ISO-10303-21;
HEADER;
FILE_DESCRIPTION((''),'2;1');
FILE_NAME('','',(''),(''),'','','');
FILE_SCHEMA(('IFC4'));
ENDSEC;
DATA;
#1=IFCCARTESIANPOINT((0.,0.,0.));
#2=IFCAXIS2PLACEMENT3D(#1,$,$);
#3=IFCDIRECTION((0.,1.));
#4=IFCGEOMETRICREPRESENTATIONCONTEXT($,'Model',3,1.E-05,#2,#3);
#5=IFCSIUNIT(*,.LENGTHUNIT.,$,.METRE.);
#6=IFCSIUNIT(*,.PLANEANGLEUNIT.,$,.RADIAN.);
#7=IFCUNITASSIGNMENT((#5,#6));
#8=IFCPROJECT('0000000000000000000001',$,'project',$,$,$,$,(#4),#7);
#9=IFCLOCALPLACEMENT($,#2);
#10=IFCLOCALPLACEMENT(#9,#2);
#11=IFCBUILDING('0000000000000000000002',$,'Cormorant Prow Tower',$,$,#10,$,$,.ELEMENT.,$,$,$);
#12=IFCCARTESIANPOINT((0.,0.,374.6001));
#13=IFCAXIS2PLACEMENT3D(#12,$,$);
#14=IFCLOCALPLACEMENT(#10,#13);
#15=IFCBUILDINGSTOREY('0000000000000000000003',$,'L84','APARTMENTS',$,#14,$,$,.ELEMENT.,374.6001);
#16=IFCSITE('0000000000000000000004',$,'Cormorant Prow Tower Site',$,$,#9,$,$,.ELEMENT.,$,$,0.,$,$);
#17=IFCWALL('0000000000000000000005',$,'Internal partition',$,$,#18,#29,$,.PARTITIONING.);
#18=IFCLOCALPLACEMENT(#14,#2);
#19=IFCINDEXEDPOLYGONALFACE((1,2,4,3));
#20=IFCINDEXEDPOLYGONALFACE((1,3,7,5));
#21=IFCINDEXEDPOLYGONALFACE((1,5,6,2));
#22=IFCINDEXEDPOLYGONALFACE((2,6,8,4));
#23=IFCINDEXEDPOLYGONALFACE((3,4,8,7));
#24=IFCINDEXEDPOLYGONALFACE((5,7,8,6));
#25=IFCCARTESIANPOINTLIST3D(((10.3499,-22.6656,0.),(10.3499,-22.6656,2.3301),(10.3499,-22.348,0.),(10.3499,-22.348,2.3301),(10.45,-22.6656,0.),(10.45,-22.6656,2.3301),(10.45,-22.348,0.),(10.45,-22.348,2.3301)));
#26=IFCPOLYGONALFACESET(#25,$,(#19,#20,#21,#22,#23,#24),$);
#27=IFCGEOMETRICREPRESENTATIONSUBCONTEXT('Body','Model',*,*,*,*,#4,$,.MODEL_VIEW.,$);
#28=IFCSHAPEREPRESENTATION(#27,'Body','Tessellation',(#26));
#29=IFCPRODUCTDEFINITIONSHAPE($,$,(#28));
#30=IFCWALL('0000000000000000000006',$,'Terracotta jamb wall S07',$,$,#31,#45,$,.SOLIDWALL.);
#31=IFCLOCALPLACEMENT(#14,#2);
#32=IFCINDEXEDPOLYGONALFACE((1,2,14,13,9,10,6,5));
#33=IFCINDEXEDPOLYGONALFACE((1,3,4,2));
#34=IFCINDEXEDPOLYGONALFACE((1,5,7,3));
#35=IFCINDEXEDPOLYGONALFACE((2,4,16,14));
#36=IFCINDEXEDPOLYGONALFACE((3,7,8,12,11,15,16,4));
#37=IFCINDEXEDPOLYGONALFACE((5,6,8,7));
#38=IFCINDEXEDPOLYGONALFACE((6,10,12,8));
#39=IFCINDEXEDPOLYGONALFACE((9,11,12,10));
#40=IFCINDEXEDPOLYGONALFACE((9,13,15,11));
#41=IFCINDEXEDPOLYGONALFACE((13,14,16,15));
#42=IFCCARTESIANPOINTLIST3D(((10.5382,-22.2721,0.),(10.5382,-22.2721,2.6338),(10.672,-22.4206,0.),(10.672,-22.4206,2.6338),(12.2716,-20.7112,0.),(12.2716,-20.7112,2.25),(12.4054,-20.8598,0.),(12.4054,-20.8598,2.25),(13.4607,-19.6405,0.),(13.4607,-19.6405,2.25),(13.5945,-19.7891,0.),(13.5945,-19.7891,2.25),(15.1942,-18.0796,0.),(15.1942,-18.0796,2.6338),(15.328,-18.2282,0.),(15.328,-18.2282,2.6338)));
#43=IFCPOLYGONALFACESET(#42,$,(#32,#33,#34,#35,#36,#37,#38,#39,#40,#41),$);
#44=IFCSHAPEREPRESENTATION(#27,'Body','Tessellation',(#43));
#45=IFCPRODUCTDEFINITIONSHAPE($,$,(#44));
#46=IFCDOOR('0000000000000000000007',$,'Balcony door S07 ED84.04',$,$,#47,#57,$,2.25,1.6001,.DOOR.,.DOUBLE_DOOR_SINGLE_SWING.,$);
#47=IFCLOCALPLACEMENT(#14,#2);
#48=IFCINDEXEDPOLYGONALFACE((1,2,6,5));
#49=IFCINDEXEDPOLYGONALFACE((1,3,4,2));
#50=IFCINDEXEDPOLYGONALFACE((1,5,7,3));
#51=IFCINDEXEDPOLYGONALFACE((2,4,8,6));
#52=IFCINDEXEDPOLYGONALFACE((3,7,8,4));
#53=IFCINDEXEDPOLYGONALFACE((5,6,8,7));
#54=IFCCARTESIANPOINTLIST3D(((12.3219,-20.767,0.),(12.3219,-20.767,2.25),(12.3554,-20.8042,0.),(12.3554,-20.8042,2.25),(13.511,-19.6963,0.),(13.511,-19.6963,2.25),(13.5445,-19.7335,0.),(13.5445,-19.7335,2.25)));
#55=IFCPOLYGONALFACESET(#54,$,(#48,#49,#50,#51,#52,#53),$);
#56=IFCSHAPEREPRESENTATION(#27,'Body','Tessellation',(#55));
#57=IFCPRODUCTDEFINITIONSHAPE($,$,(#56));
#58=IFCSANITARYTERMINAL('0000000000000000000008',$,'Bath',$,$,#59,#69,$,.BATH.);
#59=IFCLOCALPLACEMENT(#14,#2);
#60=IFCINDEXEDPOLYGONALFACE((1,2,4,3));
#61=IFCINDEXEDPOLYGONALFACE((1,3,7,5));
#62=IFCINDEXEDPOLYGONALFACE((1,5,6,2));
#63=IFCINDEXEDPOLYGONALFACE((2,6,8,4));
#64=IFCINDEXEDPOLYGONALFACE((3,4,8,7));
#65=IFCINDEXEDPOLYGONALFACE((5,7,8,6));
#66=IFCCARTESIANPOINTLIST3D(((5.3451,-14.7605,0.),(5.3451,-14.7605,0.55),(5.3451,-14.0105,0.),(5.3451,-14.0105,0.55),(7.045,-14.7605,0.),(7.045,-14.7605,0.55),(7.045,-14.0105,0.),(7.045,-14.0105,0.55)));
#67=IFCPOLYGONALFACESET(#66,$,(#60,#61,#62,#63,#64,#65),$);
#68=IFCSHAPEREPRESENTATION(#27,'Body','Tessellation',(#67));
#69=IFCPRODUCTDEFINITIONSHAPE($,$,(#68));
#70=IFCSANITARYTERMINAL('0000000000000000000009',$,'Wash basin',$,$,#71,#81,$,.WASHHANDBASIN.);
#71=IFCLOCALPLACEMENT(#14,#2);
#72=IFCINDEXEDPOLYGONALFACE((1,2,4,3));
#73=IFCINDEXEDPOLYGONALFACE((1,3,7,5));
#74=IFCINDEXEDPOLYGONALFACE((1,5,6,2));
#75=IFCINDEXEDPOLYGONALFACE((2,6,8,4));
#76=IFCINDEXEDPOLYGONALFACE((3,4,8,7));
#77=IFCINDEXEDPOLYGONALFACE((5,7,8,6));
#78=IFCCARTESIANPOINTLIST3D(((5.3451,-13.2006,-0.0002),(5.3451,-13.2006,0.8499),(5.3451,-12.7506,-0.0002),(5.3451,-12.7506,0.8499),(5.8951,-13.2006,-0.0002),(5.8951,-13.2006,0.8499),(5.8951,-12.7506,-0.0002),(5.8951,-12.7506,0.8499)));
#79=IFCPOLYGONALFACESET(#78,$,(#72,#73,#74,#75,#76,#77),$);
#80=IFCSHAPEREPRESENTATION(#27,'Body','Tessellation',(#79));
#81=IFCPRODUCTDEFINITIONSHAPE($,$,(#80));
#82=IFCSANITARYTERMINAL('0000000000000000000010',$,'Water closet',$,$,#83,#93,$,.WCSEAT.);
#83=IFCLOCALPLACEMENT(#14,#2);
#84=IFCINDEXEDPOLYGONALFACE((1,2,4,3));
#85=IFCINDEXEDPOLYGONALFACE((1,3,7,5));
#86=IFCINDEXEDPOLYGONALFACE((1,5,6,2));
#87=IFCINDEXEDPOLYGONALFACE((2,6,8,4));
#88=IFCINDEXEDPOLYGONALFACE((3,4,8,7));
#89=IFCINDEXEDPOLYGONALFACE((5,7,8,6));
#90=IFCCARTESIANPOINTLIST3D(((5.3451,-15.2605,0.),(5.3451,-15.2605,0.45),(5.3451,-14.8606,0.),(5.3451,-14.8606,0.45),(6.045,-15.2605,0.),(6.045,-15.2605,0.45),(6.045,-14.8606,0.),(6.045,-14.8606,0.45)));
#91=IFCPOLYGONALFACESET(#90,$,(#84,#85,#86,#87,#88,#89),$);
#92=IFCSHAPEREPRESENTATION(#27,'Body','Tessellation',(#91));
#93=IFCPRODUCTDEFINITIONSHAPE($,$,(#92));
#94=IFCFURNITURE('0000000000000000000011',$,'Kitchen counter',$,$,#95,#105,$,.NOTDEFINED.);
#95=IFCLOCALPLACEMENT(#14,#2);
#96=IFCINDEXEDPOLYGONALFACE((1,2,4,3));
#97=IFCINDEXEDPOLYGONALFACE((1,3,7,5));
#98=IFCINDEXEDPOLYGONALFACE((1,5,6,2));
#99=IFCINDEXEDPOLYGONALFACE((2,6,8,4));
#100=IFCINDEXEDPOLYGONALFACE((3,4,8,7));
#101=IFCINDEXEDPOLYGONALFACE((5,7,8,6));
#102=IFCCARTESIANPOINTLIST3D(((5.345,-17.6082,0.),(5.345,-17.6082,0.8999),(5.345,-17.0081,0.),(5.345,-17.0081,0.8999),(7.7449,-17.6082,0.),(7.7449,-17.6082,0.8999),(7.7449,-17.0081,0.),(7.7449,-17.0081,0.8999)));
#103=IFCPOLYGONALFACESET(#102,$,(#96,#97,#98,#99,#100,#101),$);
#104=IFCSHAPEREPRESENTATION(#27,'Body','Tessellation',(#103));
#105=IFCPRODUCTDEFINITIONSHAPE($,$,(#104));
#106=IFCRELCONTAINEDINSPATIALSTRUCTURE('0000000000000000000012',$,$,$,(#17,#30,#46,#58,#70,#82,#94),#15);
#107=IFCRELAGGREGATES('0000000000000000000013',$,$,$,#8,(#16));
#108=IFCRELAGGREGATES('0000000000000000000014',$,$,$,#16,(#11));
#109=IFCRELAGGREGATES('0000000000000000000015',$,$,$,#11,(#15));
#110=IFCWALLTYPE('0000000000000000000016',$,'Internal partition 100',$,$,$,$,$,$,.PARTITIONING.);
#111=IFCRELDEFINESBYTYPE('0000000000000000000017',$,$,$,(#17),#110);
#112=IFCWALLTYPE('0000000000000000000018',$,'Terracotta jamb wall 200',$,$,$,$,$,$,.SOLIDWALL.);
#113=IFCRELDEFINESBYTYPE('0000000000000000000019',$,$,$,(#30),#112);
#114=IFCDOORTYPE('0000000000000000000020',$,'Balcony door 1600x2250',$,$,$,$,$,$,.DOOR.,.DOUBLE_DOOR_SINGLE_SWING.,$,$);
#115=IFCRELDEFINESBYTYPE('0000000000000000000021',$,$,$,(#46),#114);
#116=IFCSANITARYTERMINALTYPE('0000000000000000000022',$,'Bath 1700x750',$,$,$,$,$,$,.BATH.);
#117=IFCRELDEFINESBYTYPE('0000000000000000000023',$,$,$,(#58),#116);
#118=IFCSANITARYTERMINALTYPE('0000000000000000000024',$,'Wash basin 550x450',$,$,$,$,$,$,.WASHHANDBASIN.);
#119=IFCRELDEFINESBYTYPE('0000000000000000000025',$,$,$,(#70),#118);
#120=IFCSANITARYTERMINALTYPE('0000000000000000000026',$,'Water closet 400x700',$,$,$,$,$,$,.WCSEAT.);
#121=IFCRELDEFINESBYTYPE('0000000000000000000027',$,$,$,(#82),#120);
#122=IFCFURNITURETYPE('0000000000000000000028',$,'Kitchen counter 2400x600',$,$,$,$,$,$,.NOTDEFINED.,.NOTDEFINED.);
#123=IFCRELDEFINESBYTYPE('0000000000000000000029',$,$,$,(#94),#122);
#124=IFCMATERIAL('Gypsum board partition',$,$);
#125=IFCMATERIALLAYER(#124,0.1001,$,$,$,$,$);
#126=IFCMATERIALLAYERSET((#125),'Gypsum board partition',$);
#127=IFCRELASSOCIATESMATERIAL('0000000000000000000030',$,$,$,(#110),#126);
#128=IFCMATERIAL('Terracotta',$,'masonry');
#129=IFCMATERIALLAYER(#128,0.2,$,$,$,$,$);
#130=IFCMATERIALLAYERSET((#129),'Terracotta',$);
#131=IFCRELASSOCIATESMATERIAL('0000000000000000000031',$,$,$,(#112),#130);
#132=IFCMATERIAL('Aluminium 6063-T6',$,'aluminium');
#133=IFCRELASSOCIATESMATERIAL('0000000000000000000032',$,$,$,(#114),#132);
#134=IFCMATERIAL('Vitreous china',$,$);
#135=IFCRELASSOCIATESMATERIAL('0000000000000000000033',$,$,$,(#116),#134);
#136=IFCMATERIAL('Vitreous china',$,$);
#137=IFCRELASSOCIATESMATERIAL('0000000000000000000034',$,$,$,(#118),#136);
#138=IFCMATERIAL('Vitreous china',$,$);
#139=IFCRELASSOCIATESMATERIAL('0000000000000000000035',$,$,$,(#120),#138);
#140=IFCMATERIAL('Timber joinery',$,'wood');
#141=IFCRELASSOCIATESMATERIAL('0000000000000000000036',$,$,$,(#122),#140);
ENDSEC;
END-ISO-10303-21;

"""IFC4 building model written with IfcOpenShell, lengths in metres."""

from ifc_helpers import new_model, si_unit, direction, frame, frame_2d, origin, origin_2d, place, context, subcontext, project, spatial, rectangle, extrude, material, layer, layer_set, type_object, element, fill, save


model = new_model("IFC4")

# Units and contexts
model_context = context("Model", 3, precision=1e-05, world=origin(), true_north=direction((0.0, 1.0)))
body_context = subcontext(model_context, "Body", "Model", "MODEL_VIEW")
ifc_project = project(units=[si_unit("LENGTHUNIT", "METRE"), si_unit("PLANEANGLEUNIT", "RADIAN")], contexts=[model_context])

# Site, building, storey
site_placement = place(None, origin())
site = spatial("IfcSite", under=ifc_project, at=site_placement, Name="Cormorant Prow Tower Site", CompositionType="ELEMENT", RefElevation=0.0)
building_placement = place(site_placement, origin())
building = spatial("IfcBuilding", under=site, at=building_placement, Name="Cormorant Prow Tower", CompositionType="ELEMENT")
storey_placement = place(building_placement, frame((0.0, 0.0, 374.6001)))
storey = spatial("IfcBuildingStorey", under=building, at=storey_placement, Name="L84", Description="APARTMENTS", CompositionType="ELEMENT", Elevation=374.6001)

# Shared definitions
ifc_material_1 = material(Name="Gypsum board partition")
ifc_layer_1 = layer(ifc_material_1, 0.1001)
ifc_layer_set_1 = layer_set([ifc_layer_1], Name="Gypsum board partition")
wall_type_1 = type_object("IfcWallType", Name="Internal partition 100", PredefinedType="PARTITIONING", material=ifc_layer_set_1)

# Wall
wall_1_placement = place(storey_placement, frame((10.3999, -22.6655, 0.0), z_axis=(0.0, 0.0, 1.0), x_axis=(0.0, 1.0, 0.0)))
element("IfcWall", 1, at=wall_1_placement, inside=storey, type_object=wall_type_1, Name="Internal partition", PredefinedType="PARTITIONING", context=body_context, shape_type="SweptSolid", body=[
    extrude(rectangle(XDim=0.3176, YDim=0.1001, at=frame_2d((0.1587, 0.0))), origin(), (0.0, 0.0, 1.0), 2.3301),
])

# Wall, opening, door
ifc_material_2 = material(Name="Terracotta", Category="masonry")
ifc_layer_2 = layer(ifc_material_2, 0.2)
ifc_layer_set_2 = layer_set([ifc_layer_2], Name="Terracotta")
wall_type_2 = type_object("IfcWallType", Name="Terracotta jamb wall 200", PredefinedType="SOLIDWALL", material=ifc_layer_set_2)
wall_2_placement = place(storey_placement, frame((10.605, -22.3464, 0.0), z_axis=(0.0, 0.0, 1.0), x_axis=(0.743137, 0.669139, 0.0)))
wall_2 = element("IfcWall", 2, at=wall_2_placement, inside=storey, type_object=wall_type_2, Name="Terracotta jamb wall S07", PredefinedType="SOLIDWALL", context=body_context, shape_type="SweptSolid", body=[
    extrude(rectangle(XDim=6.2654, YDim=0.2, at=frame_2d((3.1328, 0.0))), origin(), (0.0, 0.0, 1.0), 2.6338),
])
opening_1_placement = place(wall_2_placement, frame((2.3328, 0.0, 0.0)))
opening_1 = element("IfcOpeningElement", 3, at=opening_1_placement, cuts=wall_2, PredefinedType="OPENING", context=body_context, shape_type="SweptSolid", body=[
    extrude(rectangle(XDim=1.6001, YDim=2.25, at=frame_2d((0.8, 1.125))), frame((0.0, 0.1099, 0.0), z_axis=(0.0, -1.0, 0.0), x_axis=(1.0, 0.0, 0.0)), (0.0, 0.0, 1.0), 0.22),
])
ifc_material_3 = material(Name="Aluminium 6063-T6", Category="aluminium")
door_type_1 = type_object("IfcDoorType", Name="Balcony door 1600x2250", OperationType="DOUBLE_DOOR_SINGLE_SWING", PredefinedType="DOOR", material=ifc_material_3)
door_1_placement = place(opening_1_placement, origin())
door_1 = element("IfcDoor", 4, at=door_1_placement, inside=storey, type_object=door_type_1, Name="Balcony door S07 ED84.04", OperationType="DOUBLE_DOOR_SINGLE_SWING", OverallHeight=2.25, OverallWidth=1.6001, PredefinedType="DOOR", context=body_context, shape_type="SweptSolid", body=[
    extrude(rectangle(XDim=1.6001, YDim=2.25, at=frame_2d((0.8, 1.125))), frame((0.0, 0.0249, 0.0), z_axis=(0.0, -1.0, 0.0), x_axis=(1.0, 0.0, 0.0)), (0.0, 0.0, 1.0), 0.05),
])
fill(opening_1, door_1)

# Sanitary terminals
ifc_material_4 = material(Name="Vitreous china")
sanitary_terminal_type_1 = type_object("IfcSanitaryTerminalType", Name="Bath 1700x750", PredefinedType="BATH", material=ifc_material_4)
sanitary_terminal_1_placement = place(storey_placement, frame((6.1951, -14.3855, 0.0), z_axis=(0.0, 0.0, 1.0), x_axis=(1.0, 0.0, 0.0)))
element("IfcSanitaryTerminal", 5, at=sanitary_terminal_1_placement, inside=storey, type_object=sanitary_terminal_type_1, Name="Bath", PredefinedType="BATH", context=body_context, shape_type="SweptSolid", body=[
    extrude(rectangle(XDim=1.7, YDim=0.75, at=origin_2d()), origin(), (0.0, 0.0, 1.0), 0.55),
])
ifc_material_5 = material(Name="Vitreous china")
sanitary_terminal_type_2 = type_object("IfcSanitaryTerminalType", Name="Wash basin 550x450", PredefinedType="WASHHANDBASIN", material=ifc_material_5)
sanitary_terminal_2_placement = place(storey_placement, frame((5.6201, -12.9756, -0.0002), z_axis=(0.0, 0.0, 1.0), x_axis=(1.0, 0.0, 0.0)))
element("IfcSanitaryTerminal", 6, at=sanitary_terminal_2_placement, inside=storey, type_object=sanitary_terminal_type_2, Name="Wash basin", PredefinedType="WASHHANDBASIN", context=body_context, shape_type="SweptSolid", body=[
    extrude(rectangle(XDim=0.55, YDim=0.45, at=origin_2d()), origin(), (0.0, 0.0, 1.0), 0.8501),
])
ifc_material_6 = material(Name="Vitreous china")
sanitary_terminal_type_3 = type_object("IfcSanitaryTerminalType", Name="Water closet 400x700", PredefinedType="WCSEAT", material=ifc_material_6)
sanitary_terminal_3_placement = place(storey_placement, frame((5.6951, -15.0605, 0.0), z_axis=(0.0, 0.0, 1.0), x_axis=(0.0, 1.0, 0.0)))
element("IfcSanitaryTerminal", 7, at=sanitary_terminal_3_placement, inside=storey, type_object=sanitary_terminal_type_3, Name="Water closet", PredefinedType="WCSEAT", context=body_context, shape_type="SweptSolid", body=[
    extrude(rectangle(XDim=0.3999, YDim=0.7, at=origin_2d()), origin(), (0.0, 0.0, 1.0), 0.45),
])

# Furniture
ifc_material_7 = material(Name="Timber joinery", Category="wood")
furniture_type = type_object("IfcFurnitureType", Name="Kitchen counter 2400x600", AssemblyPlace="NOTDEFINED", PredefinedType="NOTDEFINED", material=ifc_material_7)
furniture_placement = place(storey_placement, frame((6.5449, -17.3081, 0.0), z_axis=(0.0, 0.0, 1.0), x_axis=(1.0, 0.0, 0.0)))
element("IfcFurniture", 8, at=furniture_placement, inside=storey, type_object=furniture_type, Name="Kitchen counter", PredefinedType="NOTDEFINED", context=body_context, shape_type="SweptSolid", body=[
    extrude(rectangle(XDim=2.3999, YDim=0.6001, at=origin_2d()), origin(), (0.0, 0.0, 1.0), 0.8999),
])

save(model, "model.ifc")
